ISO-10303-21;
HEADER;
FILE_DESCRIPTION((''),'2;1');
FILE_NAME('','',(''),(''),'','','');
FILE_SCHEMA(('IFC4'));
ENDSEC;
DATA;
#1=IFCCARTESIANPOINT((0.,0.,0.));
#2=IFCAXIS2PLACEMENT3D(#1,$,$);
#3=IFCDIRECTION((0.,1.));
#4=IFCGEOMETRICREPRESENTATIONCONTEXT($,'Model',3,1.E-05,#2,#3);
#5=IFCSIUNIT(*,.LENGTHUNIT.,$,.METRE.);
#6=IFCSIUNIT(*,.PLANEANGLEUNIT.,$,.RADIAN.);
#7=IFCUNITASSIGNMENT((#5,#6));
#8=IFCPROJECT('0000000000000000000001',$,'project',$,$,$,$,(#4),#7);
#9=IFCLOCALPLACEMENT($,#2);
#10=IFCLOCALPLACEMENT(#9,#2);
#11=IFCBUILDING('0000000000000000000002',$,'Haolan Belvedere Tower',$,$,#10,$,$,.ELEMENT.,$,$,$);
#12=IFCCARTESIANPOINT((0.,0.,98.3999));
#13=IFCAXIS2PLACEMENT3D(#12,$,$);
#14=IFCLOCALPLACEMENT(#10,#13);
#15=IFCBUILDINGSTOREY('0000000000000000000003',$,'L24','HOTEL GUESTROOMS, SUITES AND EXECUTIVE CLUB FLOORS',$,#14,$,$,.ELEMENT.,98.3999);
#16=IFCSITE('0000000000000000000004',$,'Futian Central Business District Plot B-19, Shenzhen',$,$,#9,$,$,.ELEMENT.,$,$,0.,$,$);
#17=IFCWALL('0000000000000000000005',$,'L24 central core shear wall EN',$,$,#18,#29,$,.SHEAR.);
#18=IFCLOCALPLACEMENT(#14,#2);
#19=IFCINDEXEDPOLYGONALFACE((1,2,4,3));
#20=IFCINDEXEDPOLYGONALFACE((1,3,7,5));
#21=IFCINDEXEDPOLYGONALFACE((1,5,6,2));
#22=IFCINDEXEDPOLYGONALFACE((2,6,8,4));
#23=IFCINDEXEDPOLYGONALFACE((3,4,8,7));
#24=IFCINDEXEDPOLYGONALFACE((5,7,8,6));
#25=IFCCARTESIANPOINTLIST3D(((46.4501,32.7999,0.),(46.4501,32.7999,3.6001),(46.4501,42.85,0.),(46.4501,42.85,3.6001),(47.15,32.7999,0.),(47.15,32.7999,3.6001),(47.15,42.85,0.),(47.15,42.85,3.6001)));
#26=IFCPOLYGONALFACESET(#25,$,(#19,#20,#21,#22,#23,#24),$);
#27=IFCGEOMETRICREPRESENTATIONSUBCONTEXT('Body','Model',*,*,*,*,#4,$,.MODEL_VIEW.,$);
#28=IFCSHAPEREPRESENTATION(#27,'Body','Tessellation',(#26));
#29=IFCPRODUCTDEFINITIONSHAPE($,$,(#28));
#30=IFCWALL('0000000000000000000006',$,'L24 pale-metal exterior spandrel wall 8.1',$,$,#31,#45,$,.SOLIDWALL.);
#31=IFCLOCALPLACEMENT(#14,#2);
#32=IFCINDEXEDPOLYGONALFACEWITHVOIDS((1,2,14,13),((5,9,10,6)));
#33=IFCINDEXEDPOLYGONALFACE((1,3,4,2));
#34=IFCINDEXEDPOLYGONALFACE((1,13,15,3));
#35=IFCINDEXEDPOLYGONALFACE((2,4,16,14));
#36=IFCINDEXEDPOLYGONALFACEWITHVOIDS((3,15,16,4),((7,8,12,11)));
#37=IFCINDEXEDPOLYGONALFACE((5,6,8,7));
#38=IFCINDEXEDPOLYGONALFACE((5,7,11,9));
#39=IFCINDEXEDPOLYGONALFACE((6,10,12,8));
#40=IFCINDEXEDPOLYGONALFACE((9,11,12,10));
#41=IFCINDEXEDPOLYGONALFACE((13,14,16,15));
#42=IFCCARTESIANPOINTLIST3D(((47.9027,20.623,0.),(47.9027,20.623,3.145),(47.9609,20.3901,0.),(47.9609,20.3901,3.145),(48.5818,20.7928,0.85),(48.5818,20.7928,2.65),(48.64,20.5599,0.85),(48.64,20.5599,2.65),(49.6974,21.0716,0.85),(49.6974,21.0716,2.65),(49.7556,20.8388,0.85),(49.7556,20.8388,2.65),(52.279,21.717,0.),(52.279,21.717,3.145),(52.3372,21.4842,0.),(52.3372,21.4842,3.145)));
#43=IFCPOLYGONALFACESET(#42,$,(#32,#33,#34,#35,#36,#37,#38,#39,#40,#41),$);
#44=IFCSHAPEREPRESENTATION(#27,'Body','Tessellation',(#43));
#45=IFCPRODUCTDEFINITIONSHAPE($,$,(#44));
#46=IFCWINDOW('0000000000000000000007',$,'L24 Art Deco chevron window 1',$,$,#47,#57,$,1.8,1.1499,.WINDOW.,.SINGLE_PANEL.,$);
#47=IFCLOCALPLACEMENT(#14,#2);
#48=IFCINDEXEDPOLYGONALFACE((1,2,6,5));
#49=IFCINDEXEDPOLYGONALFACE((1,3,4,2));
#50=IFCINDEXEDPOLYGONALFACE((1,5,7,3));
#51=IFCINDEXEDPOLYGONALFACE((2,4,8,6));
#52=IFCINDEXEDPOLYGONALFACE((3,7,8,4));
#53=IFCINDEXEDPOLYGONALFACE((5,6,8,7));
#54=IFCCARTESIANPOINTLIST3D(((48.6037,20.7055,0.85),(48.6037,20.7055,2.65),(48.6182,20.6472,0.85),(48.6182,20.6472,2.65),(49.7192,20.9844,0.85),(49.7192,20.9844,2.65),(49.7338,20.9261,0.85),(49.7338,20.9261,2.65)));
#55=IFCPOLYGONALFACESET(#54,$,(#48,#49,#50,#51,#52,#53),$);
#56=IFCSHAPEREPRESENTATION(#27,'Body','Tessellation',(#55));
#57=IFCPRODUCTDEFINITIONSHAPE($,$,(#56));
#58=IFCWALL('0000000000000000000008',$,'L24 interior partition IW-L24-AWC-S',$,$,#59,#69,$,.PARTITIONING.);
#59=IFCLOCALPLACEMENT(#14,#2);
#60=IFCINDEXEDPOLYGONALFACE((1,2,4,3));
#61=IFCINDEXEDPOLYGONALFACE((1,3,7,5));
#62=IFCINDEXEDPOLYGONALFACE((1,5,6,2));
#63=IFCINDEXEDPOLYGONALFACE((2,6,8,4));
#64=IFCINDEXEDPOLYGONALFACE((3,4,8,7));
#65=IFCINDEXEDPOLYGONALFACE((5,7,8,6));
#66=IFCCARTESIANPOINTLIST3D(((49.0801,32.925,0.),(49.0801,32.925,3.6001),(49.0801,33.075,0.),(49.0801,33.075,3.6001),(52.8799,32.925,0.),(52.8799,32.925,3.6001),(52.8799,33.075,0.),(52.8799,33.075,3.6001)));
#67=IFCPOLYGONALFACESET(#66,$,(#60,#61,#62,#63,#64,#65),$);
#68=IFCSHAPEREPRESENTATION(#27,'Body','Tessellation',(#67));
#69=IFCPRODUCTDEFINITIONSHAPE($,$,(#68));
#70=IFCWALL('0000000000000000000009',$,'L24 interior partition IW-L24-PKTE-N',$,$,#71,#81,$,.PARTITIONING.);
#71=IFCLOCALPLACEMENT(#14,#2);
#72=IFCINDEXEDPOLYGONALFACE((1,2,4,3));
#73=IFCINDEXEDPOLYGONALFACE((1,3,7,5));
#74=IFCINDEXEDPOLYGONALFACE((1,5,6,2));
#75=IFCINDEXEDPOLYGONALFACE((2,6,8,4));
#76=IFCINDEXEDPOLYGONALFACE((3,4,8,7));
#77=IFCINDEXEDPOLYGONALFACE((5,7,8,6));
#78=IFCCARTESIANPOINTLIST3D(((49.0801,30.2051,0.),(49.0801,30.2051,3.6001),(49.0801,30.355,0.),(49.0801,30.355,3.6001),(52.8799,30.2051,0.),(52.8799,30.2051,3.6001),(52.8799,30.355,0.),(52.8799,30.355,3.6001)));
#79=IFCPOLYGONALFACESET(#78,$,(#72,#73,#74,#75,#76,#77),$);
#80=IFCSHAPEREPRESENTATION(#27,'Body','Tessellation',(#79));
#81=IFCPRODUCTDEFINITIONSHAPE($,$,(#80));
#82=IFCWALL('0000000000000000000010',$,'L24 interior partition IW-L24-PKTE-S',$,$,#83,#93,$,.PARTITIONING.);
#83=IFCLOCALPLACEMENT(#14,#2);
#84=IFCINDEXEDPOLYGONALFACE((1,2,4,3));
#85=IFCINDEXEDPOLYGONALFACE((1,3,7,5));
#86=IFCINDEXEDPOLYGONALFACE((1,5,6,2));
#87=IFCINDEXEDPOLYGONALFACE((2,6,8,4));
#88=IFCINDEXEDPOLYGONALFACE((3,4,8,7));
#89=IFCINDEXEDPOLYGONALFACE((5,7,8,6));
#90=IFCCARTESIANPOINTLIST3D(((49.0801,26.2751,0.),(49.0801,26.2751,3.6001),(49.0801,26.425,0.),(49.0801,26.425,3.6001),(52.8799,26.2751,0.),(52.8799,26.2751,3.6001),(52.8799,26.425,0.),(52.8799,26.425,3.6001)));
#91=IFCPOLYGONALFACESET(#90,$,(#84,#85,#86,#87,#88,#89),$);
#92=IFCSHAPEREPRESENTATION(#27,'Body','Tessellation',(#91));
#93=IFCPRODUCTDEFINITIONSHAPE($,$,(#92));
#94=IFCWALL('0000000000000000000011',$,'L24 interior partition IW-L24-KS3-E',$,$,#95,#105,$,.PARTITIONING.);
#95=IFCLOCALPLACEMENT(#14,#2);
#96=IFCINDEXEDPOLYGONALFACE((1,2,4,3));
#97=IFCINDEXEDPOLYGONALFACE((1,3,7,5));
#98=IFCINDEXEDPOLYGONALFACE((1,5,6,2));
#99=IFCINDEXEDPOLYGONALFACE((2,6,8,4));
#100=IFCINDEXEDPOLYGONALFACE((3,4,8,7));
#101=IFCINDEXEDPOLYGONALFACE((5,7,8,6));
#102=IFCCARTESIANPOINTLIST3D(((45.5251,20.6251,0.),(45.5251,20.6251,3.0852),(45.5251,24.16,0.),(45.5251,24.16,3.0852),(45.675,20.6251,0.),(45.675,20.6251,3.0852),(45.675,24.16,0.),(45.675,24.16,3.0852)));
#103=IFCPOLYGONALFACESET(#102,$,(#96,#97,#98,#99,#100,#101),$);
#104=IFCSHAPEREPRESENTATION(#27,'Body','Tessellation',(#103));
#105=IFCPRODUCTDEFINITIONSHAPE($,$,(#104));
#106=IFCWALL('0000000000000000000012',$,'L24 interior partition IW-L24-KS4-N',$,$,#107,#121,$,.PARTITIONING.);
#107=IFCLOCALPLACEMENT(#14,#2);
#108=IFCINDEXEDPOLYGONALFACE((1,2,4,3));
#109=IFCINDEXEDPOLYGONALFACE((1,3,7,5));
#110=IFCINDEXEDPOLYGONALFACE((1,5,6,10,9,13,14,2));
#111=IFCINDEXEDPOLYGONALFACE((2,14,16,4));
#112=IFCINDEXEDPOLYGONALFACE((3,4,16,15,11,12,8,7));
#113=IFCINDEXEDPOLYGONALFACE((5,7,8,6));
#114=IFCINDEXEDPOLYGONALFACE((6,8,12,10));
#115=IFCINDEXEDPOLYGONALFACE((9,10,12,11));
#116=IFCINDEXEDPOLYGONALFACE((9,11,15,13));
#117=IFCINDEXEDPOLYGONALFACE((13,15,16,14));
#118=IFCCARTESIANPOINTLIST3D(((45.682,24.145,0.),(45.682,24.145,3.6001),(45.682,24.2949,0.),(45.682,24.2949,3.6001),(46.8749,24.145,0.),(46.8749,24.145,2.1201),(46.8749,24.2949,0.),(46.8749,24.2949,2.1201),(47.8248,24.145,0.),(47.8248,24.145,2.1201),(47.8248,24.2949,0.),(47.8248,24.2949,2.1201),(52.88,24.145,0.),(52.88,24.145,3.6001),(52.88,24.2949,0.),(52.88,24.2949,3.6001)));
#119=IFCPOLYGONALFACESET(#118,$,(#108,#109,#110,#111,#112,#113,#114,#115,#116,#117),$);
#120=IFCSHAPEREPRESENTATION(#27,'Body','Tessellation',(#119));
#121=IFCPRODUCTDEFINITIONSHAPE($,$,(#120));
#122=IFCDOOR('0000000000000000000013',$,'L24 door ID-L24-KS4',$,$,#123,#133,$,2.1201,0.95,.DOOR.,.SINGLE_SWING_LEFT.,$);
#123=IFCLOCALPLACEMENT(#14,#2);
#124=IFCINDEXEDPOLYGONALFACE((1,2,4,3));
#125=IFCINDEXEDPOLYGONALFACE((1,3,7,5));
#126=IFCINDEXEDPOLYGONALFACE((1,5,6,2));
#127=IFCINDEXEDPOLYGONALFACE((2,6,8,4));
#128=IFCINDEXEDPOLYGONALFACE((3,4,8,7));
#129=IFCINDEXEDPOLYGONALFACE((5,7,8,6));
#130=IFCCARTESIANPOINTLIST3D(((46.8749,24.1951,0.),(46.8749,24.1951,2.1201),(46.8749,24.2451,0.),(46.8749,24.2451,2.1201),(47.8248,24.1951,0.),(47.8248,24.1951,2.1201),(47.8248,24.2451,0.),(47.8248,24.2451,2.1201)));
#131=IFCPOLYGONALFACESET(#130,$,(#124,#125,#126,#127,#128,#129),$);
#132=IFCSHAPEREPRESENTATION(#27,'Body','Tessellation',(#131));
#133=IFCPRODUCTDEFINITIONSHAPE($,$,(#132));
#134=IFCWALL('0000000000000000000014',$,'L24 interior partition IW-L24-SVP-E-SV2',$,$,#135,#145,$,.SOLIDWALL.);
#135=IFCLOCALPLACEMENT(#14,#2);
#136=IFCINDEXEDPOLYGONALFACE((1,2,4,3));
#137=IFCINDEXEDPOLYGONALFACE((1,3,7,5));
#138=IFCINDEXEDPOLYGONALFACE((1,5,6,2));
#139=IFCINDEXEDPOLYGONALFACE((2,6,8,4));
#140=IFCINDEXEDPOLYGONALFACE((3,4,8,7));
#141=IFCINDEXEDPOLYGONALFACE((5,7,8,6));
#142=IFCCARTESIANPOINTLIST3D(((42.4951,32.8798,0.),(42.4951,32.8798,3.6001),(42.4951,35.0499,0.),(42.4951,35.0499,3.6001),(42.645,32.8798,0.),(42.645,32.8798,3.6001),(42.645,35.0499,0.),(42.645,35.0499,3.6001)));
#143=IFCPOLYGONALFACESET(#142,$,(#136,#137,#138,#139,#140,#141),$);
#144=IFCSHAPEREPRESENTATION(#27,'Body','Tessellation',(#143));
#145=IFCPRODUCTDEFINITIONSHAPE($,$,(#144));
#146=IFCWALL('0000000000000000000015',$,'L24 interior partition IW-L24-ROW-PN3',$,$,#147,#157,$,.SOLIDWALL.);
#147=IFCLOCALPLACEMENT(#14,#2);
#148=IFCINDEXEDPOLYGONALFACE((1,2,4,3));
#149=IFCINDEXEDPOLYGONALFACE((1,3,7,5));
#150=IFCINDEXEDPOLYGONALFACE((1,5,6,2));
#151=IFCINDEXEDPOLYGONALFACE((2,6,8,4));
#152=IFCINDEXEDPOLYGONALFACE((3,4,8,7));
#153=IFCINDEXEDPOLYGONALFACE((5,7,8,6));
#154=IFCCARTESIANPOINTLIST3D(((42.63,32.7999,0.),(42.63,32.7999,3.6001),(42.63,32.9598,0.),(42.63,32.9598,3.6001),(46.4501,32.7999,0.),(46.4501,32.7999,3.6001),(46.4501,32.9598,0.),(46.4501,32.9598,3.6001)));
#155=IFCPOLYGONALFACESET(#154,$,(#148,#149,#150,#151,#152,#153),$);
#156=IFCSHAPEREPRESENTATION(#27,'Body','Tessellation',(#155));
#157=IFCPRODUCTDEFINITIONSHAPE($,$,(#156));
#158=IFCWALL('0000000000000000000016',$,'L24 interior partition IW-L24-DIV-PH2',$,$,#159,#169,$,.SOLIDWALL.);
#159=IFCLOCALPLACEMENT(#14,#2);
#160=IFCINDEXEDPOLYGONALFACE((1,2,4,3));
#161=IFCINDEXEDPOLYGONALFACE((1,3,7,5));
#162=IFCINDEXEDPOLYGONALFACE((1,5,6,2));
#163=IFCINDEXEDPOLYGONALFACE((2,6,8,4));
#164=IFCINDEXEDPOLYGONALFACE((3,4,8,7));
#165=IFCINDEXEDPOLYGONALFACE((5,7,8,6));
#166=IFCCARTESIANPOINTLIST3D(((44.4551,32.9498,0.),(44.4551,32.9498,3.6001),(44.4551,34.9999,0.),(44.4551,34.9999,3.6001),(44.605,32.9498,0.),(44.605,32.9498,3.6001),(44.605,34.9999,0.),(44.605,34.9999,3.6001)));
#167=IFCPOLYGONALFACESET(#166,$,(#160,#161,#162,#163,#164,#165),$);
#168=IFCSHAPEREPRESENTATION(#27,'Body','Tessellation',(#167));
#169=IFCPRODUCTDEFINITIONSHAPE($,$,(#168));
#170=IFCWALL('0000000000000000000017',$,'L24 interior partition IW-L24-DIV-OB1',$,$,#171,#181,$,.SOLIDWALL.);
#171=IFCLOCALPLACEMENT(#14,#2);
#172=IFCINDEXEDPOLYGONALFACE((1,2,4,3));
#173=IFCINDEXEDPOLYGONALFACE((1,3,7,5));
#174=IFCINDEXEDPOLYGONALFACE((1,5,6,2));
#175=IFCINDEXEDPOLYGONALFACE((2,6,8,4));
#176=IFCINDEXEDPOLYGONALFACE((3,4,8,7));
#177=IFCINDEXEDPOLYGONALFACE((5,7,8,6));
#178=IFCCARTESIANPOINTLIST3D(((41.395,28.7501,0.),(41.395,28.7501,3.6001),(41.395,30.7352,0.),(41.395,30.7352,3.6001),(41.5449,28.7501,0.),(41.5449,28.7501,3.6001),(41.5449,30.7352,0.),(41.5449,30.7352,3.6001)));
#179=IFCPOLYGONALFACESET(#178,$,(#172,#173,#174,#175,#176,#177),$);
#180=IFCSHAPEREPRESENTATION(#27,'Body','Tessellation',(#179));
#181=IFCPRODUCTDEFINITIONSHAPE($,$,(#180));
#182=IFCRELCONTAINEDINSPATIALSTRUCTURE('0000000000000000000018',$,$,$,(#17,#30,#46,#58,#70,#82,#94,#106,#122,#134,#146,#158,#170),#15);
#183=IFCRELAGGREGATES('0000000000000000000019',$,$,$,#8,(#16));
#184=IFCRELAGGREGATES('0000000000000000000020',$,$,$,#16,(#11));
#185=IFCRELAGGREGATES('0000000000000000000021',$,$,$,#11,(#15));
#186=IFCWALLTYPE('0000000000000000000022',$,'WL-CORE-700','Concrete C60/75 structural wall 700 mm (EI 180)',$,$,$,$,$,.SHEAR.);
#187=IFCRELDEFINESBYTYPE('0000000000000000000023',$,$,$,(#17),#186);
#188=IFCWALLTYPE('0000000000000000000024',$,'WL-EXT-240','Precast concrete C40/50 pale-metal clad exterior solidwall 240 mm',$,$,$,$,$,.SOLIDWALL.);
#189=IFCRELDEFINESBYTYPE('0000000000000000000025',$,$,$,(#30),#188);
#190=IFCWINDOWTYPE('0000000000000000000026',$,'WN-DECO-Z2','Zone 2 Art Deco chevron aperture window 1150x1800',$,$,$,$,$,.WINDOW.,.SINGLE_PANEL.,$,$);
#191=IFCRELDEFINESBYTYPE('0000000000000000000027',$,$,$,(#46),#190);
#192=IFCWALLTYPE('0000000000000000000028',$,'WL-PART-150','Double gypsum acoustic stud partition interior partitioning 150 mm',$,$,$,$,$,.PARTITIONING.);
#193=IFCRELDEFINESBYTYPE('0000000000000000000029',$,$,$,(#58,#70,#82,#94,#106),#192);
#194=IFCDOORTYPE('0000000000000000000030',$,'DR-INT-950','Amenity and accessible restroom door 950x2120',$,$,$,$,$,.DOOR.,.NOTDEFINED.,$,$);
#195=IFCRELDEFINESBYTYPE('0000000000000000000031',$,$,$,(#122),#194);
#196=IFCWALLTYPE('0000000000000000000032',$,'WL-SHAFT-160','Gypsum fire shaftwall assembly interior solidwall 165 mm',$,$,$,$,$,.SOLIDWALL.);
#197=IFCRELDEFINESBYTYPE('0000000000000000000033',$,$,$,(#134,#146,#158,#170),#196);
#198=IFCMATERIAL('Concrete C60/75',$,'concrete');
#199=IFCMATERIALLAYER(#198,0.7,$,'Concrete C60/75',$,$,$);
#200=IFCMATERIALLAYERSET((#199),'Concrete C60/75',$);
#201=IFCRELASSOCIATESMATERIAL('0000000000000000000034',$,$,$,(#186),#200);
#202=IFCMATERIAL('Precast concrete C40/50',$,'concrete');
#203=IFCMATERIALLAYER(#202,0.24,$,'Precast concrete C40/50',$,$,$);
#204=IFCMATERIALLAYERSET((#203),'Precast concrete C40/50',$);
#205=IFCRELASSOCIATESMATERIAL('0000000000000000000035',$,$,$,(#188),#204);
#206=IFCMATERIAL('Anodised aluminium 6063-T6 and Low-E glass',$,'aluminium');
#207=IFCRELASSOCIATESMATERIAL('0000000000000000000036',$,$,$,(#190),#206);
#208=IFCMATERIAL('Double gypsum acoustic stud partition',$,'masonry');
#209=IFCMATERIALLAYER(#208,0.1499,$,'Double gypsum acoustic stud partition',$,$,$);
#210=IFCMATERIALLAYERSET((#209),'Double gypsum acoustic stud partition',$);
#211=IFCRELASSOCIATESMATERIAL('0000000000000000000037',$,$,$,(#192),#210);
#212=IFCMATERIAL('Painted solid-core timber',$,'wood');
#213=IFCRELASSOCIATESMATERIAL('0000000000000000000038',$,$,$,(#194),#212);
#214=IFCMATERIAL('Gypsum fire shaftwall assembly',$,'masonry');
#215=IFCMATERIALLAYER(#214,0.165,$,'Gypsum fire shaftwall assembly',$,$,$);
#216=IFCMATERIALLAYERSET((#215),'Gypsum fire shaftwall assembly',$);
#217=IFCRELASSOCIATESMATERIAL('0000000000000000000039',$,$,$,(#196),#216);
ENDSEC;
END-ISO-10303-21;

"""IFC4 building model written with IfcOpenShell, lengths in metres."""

from ifc_helpers import new_model, si_unit, direction, frame, frame_2d, origin, place, context, subcontext, project, spatial, rectangle, extrude, material, layer, layer_set, type_object, element, fill, save


model = new_model("IFC4")

# Units and contexts
model_context = context("Model", 3, precision=1e-05, world=origin(), true_north=direction((0.0, 1.0)))
body_context = subcontext(model_context, "Body", "Model", "MODEL_VIEW")
ifc_project = project(units=[si_unit("LENGTHUNIT", "METRE"), si_unit("PLANEANGLEUNIT", "RADIAN")], contexts=[model_context])

# Site, building, storey
site_placement = place(None, origin())
site = spatial("IfcSite", under=ifc_project, at=site_placement, Name="Futian Central Business District Plot B-19, Shenzhen", CompositionType="ELEMENT", RefElevation=0.0)
building_placement = place(site_placement, origin())
building = spatial("IfcBuilding", under=site, at=building_placement, Name="Haolan Belvedere Tower", CompositionType="ELEMENT")
storey_placement = place(building_placement, frame((0.0, 0.0, 98.3999)))
storey = spatial("IfcBuildingStorey", under=building, at=storey_placement, Name="L24", Description="HOTEL GUESTROOMS, SUITES AND EXECUTIVE CLUB FLOORS", CompositionType="ELEMENT", Elevation=98.3999)

# Shared definitions
ifc_material_1 = material(Name="Concrete C60/75", Category="concrete")

# Wall
ifc_layer_1 = layer(ifc_material_1, 0.7, Name="Concrete C60/75")
ifc_layer_set_1 = layer_set([ifc_layer_1], Name="Concrete C60/75")
wall_type_1 = type_object("IfcWallType", Name="WL-CORE-700", Description="Concrete C60/75 structural wall 700 mm (EI 180)", PredefinedType="SHEAR", material=ifc_layer_set_1)
wall_1_placement = place(storey_placement, frame((46.8, 32.8, 0.0), z_axis=(0.0, 0.0, 1.0), x_axis=(0.0, 1.0, 0.0)))
element("IfcWall", 1, at=wall_1_placement, inside=storey, type_object=wall_type_1, Name="L24 central core shear wall EN", PredefinedType="SHEAR", context=body_context, shape_type="SweptSolid", body=[
    extrude(rectangle(XDim=10.05, YDim=0.7, at=frame_2d((5.0249, 0.0))), origin(), (0.0, 0.0, 1.0), 3.6001),
])

# Wall, opening, window
ifc_material_2 = material(Name="Precast concrete C40/50", Category="concrete")
ifc_layer_2 = layer(ifc_material_2, 0.24, Name="Precast concrete C40/50")
ifc_layer_set_2 = layer_set([ifc_layer_2], Name="Precast concrete C40/50")
wall_type_2 = type_object("IfcWallType", Name="WL-EXT-240", Description="Precast concrete C40/50 pale-metal clad exterior solidwall 240 mm", PredefinedType="SOLIDWALL", material=ifc_layer_set_2)
wall_2_placement = place(storey_placement, frame((47.9319, 20.5066, 0.0), z_axis=(0.0, 0.0, 1.0), x_axis=(0.970146, 0.242523, 0.0)))
wall_2 = element("IfcWall", 2, at=wall_2_placement, inside=storey, type_object=wall_type_2, Name="L24 pale-metal exterior spandrel wall 8.1", PredefinedType="SOLIDWALL", context=body_context, shape_type="SweptSolid", body=[
    extrude(rectangle(XDim=4.511, YDim=0.24, at=frame_2d((2.2554, 0.0))), origin(), (0.0, 0.0, 1.0), 3.145),
])
opening_1_placement = place(wall_2_placement, frame((0.7, 0.0, 0.8501)))
opening_1 = element("IfcOpeningElement", 3, at=opening_1_placement, cuts=wall_2, PredefinedType="OPENING", context=body_context, shape_type="SweptSolid", body=[
    extrude(rectangle(XDim=1.1499, YDim=1.8, at=frame_2d((0.575, 0.8999))), frame((0.0, 0.1299, 0.0), z_axis=(0.0, -1.0, 0.0), x_axis=(1.0, 0.0, 0.0)), (0.0, 0.0, 1.0), 0.26),
])
ifc_material_3 = material(Name="Anodised aluminium 6063-T6 and Low-E glass", Category="aluminium")
window_type = type_object("IfcWindowType", Name="WN-DECO-Z2", Description="Zone 2 Art Deco chevron aperture window 1150x1800", PartitioningType="SINGLE_PANEL", PredefinedType="WINDOW", material=ifc_material_3)
window_placement = place(opening_1_placement, origin())
window = element("IfcWindow", 4, at=window_placement, inside=storey, type_object=window_type, Name="L24 Art Deco chevron window 1", OverallHeight=1.8, OverallWidth=1.1499, PartitioningType="SINGLE_PANEL", PredefinedType="WINDOW", context=body_context, shape_type="SweptSolid", body=[
    extrude(rectangle(XDim=1.1499, YDim=1.8, at=frame_2d((0.575, 0.8999))), frame((0.0, 0.03, 0.0), z_axis=(0.0, -1.0, 0.0), x_axis=(1.0, 0.0, 0.0)), (0.0, 0.0, 1.0), 0.0601),
])
fill(opening_1, window)

# Wall
ifc_material_4 = material(Name="Double gypsum acoustic stud partition", Category="masonry")
ifc_layer_3 = layer(ifc_material_4, 0.1499, Name="Double gypsum acoustic stud partition")
ifc_layer_set_3 = layer_set([ifc_layer_3], Name="Double gypsum acoustic stud partition")
wall_type_3 = type_object("IfcWallType", Name="WL-PART-150", Description="Double gypsum acoustic stud partition interior partitioning 150 mm", PredefinedType="PARTITIONING", material=ifc_layer_set_3)
wall_3_placement = place(storey_placement, frame((49.0801, 33.0, 0.0), z_axis=(0.0, 0.0, 1.0), x_axis=(1.0, 0.0, 0.0)))
element("IfcWall", 5, at=wall_3_placement, inside=storey, type_object=wall_type_3, Name="L24 interior partition IW-L24-AWC-S", PredefinedType="PARTITIONING", context=body_context, shape_type="SweptSolid", body=[
    extrude(rectangle(XDim=3.7998, YDim=0.1499, at=frame_2d((1.8999, 0.0))), origin(), (0.0, 0.0, 1.0), 3.6001),
])

# Shared definitions
ifc_material_5 = material(Name="Painted solid-core timber", Category="wood")
door_type = type_object("IfcDoorType", Name="DR-INT-950", Description="Amenity and accessible restroom door 950x2120", OperationType="NOTDEFINED", PredefinedType="DOOR", material=ifc_material_5)

# Walls
for number, where, z_axis, x_axis, name in (
    (6, (49.0801, 30.28, 0.0), (0.0, 0.0, 1.0), (1.0, 0.0, 0.0), "L24 interior partition IW-L24-PKTE-N"),
    (7, (49.0801, 26.3501, 0.0), (0.0, 0.0, 1.0), (1.0, 0.0, 0.0), "L24 interior partition IW-L24-PKTE-S"),
):
    element("IfcWall", number, at=place(storey_placement, frame(where, z_axis=z_axis, x_axis=x_axis)), inside=storey, type_object=wall_type_3, Name=name, PredefinedType="PARTITIONING", context=body_context, shape_type="SweptSolid", body=[
        extrude(rectangle(XDim=3.7998, YDim=0.1499, at=frame_2d((1.8999, 0.0))), origin(), (0.0, 0.0, 1.0), 3.6001),
    ])

# Wall
wall_4_placement = place(storey_placement, frame((45.6001, 20.625, 0.0), z_axis=(0.0, 0.0, 1.0), x_axis=(0.0, 1.0, 0.0)))
element("IfcWall", 8, at=wall_4_placement, inside=storey, type_object=wall_type_3, Name="L24 interior partition IW-L24-KS3-E", PredefinedType="PARTITIONING", context=body_context, shape_type="SweptSolid", body=[
    extrude(rectangle(XDim=3.5349, YDim=0.1499, at=frame_2d((1.7676, 0.0))), origin(), (0.0, 0.0, 1.0), 3.0852),
])

# Wall, opening, door
wall_5_placement = place(storey_placement, frame((45.6819, 24.22, 0.0), z_axis=(0.0, 0.0, 1.0), x_axis=(1.0, 0.0, 0.0)))
wall_5 = element("IfcWall", 9, at=wall_5_placement, inside=storey, type_object=wall_type_3, Name="L24 interior partition IW-L24-KS4-N", PredefinedType="PARTITIONING", context=body_context, shape_type="SweptSolid", body=[
    extrude(rectangle(XDim=7.198, YDim=0.1499, at=frame_2d((3.5991, 0.0))), origin(), (0.0, 0.0, 1.0), 3.6001),
])
opening_2_placement = place(wall_5_placement, frame((2.1431, 0.0, 0.0), z_axis=(0.0, 0.0, 1.0), x_axis=(-1.0, 0.0, 0.0)))
opening_2 = element("IfcOpeningElement", 10, at=opening_2_placement, cuts=wall_5, PredefinedType="OPENING", context=body_context, shape_type="SweptSolid", body=[
    extrude(rectangle(XDim=0.95, YDim=2.1201, at=frame_2d((0.4751, 1.0601))), frame((0.0, 0.085, 0.0), z_axis=(0.0, -1.0, 0.0), x_axis=(1.0, 0.0, 0.0)), (0.0, 0.0, 1.0), 0.1699),
])
door_1_placement = place(opening_2_placement, origin())
door_1 = element("IfcDoor", 11, at=door_1_placement, inside=storey, type_object=door_type, Name="L24 door ID-L24-KS4", OperationType="SINGLE_SWING_LEFT", OverallHeight=2.1201, OverallWidth=0.95, PredefinedType="DOOR", context=body_context, shape_type="SweptSolid", body=[
    extrude(rectangle(XDim=0.95, YDim=2.1201, at=frame_2d((0.4751, 1.0601))), frame((0.0, 0.0249, 0.0), z_axis=(0.0, -1.0, 0.0), x_axis=(1.0, 0.0, 0.0)), (0.0, 0.0, 1.0), 0.05),
])
fill(opening_2, door_1)

# Walls
ifc_material_6 = material(Name="Gypsum fire shaftwall assembly", Category="masonry")
ifc_layer_4 = layer(ifc_material_6, 0.165, Name="Gypsum fire shaftwall assembly")
ifc_layer_set_4 = layer_set([ifc_layer_4], Name="Gypsum fire shaftwall assembly")
wall_type_4 = type_object("IfcWallType", Name="WL-SHAFT-160", Description="Gypsum fire shaftwall assembly interior solidwall 165 mm", PredefinedType="SOLIDWALL", material=ifc_layer_set_4)
wall_6_placement = place(storey_placement, frame((42.5701, 32.8799, 0.0), z_axis=(0.0, 0.0, 1.0), x_axis=(0.0, 1.0, 0.0)))
element("IfcWall", 12, at=wall_6_placement, inside=storey, type_object=wall_type_4, Name="L24 interior partition IW-L24-SVP-E-SV2", PredefinedType="SOLIDWALL", context=body_context, shape_type="SweptSolid", body=[
    extrude(rectangle(XDim=2.1702, YDim=0.1499, at=frame_2d((1.085, 0.0))), origin(), (0.0, 0.0, 1.0), 3.6001),
])
wall_7_placement = place(storey_placement, frame((42.6299, 32.8799, 0.0), z_axis=(0.0, 0.0, 1.0), x_axis=(1.0, 0.0, 0.0)))
element("IfcWall", 13, at=wall_7_placement, inside=storey, type_object=wall_type_4, Name="L24 interior partition IW-L24-ROW-PN3", PredefinedType="SOLIDWALL", context=body_context, shape_type="SweptSolid", body=[
    extrude(rectangle(XDim=3.8201, YDim=0.1599, at=frame_2d((1.9102, 0.0))), origin(), (0.0, 0.0, 1.0), 3.6001),
])
wall_8_placement = place(storey_placement, frame((44.53, 32.95, 0.0), z_axis=(0.0, 0.0, 1.0), x_axis=(0.0, 1.0, 0.0)))
element("IfcWall", 14, at=wall_8_placement, inside=storey, type_object=wall_type_4, Name="L24 interior partition IW-L24-DIV-PH2", PredefinedType="SOLIDWALL", context=body_context, shape_type="SweptSolid", body=[
    extrude(rectangle(XDim=2.05, YDim=0.1499, at=frame_2d((1.0249, 0.0))), origin(), (0.0, 0.0, 1.0), 3.6001),
])
for number, where, z_axis, x_axis, name in (
    (15, (41.47, 28.75, 0.0), (0.0, 0.0, 1.0), (0.0, 1.0, 0.0), "L24 interior partition IW-L24-DIV-OB1"),
):
    element("IfcWall", number, at=place(storey_placement, frame(where, z_axis=z_axis, x_axis=x_axis)), inside=storey, type_object=wall_type_4, Name=name, PredefinedType="SOLIDWALL", context=body_context, shape_type="SweptSolid", body=[
        extrude(rectangle(XDim=1.9851, YDim=0.1499, at=frame_2d((0.9927, 0.0))), origin(), (0.0, 0.0, 1.0), 3.6001),
    ])

save(model, "model.ifc")
